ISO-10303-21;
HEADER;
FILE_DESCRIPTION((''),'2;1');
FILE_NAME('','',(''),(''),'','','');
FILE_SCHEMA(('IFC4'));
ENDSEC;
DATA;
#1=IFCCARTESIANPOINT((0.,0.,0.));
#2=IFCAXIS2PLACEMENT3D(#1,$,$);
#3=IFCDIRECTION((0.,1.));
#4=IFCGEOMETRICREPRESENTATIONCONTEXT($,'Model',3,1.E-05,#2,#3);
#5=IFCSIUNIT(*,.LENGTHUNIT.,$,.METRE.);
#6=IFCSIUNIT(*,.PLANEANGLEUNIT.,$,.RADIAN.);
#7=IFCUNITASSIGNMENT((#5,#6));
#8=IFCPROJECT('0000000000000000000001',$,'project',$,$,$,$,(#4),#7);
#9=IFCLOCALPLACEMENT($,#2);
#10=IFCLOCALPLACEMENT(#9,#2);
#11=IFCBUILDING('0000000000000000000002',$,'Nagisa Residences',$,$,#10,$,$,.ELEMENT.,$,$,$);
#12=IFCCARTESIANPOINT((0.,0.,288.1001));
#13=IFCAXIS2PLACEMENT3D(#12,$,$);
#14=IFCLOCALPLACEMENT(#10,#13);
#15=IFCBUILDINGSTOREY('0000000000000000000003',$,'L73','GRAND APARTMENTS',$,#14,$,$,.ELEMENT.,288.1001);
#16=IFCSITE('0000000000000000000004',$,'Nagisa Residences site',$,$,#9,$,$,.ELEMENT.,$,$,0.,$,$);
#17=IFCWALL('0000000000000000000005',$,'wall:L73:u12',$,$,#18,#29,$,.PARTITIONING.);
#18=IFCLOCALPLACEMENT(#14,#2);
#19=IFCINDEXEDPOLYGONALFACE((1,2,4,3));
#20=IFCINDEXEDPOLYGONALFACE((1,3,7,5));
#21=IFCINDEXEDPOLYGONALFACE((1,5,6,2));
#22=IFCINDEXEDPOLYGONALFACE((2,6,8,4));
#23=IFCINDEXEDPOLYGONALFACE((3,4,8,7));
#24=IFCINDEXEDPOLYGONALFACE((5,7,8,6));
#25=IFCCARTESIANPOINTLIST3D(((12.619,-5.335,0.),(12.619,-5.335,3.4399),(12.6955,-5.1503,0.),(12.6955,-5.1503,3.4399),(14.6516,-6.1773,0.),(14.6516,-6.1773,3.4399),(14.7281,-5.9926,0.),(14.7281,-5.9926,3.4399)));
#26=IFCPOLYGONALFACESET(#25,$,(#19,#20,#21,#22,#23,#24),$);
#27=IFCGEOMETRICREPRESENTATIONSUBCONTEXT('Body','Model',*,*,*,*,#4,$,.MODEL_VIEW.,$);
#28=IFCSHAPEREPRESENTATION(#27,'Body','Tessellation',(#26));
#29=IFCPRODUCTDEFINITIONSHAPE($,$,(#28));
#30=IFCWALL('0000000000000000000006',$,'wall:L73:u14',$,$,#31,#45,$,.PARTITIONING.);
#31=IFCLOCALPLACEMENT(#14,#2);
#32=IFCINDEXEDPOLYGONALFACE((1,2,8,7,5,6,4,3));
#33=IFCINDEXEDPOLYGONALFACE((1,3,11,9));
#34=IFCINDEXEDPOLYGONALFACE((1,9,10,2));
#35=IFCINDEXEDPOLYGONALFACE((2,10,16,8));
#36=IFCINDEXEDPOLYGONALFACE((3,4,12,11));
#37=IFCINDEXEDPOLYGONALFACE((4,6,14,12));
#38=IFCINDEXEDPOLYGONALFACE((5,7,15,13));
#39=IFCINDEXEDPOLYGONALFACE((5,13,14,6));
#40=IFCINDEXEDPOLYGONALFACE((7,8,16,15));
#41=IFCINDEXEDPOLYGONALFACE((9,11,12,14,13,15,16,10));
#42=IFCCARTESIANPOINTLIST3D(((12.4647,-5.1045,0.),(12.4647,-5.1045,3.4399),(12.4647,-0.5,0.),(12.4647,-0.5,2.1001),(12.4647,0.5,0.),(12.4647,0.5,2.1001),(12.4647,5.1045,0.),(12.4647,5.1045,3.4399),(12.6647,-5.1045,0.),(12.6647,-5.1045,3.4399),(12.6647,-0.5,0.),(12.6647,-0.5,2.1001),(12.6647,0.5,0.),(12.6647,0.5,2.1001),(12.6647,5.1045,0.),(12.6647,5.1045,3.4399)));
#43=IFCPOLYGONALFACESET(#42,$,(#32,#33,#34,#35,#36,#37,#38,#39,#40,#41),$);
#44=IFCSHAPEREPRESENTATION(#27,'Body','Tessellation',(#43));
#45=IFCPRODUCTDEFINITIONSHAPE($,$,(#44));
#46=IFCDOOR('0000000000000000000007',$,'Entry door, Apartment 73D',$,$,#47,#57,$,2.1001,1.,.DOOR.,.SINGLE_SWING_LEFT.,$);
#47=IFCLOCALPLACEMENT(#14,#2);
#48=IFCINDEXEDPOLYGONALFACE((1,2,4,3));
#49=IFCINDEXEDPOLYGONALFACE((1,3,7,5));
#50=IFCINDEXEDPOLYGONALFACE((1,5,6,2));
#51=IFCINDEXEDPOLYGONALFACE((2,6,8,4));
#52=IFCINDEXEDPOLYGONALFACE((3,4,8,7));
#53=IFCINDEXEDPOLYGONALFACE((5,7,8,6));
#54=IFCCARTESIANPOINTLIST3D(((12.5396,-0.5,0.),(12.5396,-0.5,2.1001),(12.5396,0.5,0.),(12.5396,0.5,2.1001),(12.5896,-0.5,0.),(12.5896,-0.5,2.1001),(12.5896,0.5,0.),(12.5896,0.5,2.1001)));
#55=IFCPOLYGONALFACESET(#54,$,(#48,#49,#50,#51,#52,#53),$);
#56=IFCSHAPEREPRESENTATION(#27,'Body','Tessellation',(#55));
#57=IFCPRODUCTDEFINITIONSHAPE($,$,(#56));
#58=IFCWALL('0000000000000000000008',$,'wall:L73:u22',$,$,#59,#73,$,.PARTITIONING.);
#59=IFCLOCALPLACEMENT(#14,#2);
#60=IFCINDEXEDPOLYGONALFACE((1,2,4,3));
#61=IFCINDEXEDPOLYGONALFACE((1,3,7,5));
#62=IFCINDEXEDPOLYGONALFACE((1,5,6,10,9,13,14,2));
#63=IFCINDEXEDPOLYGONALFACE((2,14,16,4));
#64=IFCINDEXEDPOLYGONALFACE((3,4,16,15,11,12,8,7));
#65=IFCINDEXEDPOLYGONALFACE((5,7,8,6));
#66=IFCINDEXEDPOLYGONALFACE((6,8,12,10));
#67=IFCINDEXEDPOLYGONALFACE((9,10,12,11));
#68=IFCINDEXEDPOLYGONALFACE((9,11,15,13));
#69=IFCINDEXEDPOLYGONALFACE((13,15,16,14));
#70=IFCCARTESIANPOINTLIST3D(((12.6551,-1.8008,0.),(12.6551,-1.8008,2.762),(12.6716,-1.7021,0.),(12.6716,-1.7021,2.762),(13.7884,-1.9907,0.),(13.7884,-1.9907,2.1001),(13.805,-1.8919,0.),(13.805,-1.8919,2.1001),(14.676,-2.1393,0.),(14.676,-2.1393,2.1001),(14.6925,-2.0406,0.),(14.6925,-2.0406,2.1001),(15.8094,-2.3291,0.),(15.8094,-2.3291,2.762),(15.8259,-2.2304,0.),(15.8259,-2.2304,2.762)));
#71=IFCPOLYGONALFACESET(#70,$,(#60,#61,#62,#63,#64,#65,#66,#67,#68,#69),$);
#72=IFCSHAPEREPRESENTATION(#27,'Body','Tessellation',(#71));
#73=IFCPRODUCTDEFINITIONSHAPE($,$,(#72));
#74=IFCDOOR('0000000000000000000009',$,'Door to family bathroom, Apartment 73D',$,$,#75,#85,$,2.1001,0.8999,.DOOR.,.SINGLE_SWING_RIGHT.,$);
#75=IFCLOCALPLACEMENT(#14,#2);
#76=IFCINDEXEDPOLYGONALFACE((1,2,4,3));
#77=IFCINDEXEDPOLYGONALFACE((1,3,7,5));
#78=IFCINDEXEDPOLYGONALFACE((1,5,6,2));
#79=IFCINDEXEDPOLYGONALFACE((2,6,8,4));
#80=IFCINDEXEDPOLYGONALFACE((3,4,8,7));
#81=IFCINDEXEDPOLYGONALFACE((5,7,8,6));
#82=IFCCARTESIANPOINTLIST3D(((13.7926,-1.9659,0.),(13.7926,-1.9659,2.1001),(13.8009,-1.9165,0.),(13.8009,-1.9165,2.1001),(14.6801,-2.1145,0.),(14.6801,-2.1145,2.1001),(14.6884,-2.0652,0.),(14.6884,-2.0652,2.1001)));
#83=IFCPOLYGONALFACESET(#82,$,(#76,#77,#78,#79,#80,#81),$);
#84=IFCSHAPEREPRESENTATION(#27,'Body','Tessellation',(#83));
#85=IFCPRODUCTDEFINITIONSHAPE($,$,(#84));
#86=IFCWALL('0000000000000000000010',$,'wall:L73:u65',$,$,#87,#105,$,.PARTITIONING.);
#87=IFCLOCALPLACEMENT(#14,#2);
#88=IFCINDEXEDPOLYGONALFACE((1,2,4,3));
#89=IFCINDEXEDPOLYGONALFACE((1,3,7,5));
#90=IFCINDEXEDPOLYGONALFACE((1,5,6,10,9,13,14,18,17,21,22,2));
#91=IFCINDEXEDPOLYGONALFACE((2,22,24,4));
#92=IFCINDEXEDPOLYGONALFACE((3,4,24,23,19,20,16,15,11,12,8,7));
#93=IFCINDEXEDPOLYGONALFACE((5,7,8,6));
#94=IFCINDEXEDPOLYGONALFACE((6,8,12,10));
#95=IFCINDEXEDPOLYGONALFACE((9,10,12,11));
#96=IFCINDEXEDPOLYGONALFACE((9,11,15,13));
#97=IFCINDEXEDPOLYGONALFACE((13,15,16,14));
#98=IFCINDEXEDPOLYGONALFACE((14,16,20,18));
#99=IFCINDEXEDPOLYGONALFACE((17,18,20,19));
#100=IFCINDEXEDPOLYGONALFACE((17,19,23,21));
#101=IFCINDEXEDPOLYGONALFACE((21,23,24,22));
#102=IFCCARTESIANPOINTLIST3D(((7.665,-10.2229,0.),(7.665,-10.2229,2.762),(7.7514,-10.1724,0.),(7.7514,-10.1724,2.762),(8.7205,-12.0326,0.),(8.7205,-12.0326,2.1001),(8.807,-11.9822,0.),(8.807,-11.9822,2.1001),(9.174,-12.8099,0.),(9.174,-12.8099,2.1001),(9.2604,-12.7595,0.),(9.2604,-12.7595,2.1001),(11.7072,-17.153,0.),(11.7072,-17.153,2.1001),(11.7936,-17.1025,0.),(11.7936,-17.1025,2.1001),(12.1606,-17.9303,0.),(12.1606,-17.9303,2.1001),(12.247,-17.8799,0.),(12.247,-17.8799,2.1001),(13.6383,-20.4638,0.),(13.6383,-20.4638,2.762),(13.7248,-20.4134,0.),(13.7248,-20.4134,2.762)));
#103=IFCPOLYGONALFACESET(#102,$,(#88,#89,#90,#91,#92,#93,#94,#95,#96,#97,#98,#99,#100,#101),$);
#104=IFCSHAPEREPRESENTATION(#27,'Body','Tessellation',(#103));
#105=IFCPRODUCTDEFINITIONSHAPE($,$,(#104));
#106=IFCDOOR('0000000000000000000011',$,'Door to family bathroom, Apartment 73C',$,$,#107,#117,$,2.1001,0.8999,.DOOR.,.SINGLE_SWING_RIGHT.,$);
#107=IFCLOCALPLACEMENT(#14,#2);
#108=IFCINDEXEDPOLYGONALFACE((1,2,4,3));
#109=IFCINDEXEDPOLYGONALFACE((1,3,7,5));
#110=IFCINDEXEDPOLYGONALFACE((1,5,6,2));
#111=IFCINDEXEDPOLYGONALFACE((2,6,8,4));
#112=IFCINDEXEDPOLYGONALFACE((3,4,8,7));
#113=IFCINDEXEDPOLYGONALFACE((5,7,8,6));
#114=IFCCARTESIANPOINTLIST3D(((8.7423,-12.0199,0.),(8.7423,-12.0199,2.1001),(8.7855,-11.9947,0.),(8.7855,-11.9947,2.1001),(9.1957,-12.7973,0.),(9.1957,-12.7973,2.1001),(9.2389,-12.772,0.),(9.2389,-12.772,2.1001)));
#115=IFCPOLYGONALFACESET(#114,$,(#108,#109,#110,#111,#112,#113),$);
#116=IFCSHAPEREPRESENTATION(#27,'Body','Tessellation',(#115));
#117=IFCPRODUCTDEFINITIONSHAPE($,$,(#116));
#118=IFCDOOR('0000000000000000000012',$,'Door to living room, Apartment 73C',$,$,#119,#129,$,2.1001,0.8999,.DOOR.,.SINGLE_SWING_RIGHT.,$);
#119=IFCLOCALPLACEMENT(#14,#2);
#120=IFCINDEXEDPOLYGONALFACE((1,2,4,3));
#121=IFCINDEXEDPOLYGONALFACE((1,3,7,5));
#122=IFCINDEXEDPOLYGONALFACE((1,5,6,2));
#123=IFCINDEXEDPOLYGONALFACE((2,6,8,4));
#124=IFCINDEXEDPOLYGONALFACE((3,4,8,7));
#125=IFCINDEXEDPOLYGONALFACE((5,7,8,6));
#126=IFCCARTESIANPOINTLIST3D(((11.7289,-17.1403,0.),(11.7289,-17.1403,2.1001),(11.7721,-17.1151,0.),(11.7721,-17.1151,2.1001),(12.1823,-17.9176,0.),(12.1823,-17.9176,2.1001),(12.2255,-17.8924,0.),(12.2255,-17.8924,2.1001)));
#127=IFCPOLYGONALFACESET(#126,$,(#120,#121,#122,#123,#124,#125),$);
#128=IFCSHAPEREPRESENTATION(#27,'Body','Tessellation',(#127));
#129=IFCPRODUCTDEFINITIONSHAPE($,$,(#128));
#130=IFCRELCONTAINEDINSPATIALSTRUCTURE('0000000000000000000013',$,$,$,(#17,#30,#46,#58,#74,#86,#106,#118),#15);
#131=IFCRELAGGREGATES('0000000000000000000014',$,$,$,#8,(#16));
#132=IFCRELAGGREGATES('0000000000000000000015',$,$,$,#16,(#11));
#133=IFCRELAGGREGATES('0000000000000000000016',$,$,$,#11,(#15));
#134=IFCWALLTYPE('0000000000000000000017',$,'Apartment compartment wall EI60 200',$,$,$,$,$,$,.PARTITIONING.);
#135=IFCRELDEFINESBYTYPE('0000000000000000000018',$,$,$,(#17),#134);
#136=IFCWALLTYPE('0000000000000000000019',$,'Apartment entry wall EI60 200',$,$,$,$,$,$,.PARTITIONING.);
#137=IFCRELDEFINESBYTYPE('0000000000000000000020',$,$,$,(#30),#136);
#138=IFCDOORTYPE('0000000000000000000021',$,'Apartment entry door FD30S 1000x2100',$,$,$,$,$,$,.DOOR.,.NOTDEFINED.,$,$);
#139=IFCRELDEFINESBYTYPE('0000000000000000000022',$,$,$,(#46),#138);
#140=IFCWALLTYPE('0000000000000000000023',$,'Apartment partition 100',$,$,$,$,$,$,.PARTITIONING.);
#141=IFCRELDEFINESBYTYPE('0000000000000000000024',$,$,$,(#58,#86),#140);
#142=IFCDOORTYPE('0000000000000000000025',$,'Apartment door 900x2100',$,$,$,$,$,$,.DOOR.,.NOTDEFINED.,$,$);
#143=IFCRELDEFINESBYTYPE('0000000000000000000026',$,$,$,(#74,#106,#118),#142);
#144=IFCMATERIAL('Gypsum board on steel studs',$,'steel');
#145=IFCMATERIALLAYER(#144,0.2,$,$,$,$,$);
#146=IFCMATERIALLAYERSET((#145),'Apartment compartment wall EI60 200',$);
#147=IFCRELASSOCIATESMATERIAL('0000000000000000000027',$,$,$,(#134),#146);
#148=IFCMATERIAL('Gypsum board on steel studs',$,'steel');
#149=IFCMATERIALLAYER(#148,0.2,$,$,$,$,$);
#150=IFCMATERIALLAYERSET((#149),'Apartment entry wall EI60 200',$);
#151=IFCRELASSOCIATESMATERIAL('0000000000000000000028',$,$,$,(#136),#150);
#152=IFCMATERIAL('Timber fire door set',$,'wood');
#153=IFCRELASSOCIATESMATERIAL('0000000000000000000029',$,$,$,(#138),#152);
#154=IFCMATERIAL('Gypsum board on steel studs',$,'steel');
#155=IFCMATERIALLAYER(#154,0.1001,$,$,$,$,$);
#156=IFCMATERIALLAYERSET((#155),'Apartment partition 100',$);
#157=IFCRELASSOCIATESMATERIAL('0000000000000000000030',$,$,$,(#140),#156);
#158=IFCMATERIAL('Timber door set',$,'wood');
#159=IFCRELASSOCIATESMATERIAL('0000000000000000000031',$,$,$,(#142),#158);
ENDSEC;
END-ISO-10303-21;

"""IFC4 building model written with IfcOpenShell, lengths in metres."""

from ifc_helpers import new_model, si_unit, direction, frame, frame_2d, origin, place, context, subcontext, project, spatial, rectangle, extrude, material, layer, layer_set, type_object, element, fill, save


model = new_model("IFC4")

# Units and contexts
model_context = context("Model", 3, precision=1e-05, world=origin(), true_north=direction((0.0, 1.0)))
body_context = subcontext(model_context, "Body", "Model", "MODEL_VIEW")
ifc_project = project(units=[si_unit("LENGTHUNIT", "METRE"), si_unit("PLANEANGLEUNIT", "RADIAN")], contexts=[model_context])

# Site, building, storey
site_placement = place(None, origin())
site = spatial("IfcSite", under=ifc_project, at=site_placement, Name="Nagisa Residences site", CompositionType="ELEMENT", RefElevation=0.0)
building_placement = place(site_placement, origin())
building = spatial("IfcBuilding", under=site, at=building_placement, Name="Nagisa Residences", CompositionType="ELEMENT")
storey_placement = place(building_placement, frame((0.0, 0.0, 288.1001)))
storey = spatial("IfcBuildingStorey", under=building, at=storey_placement, Name="L73", Description="GRAND APARTMENTS", CompositionType="ELEMENT", Elevation=288.1001)

# Wall
ifc_material_1 = material(Name="Gypsum board on steel studs", Category="steel")
ifc_layer_1 = layer(ifc_material_1, 0.2)
ifc_layer_set_1 = layer_set([ifc_layer_1], Name="Apartment compartment wall EI60 200")
wall_type_1 = type_object("IfcWallType", Name="Apartment compartment wall EI60 200", PredefinedType="PARTITIONING", material=ifc_layer_set_1)
wall_1_placement = place(storey_placement, frame((12.6572, -5.2427, 0.0), z_axis=(0.0, 0.0, 1.0), x_axis=(0.92383, -0.382803, 0.0)))
element("IfcWall", 1, at=wall_1_placement, inside=storey, type_object=wall_type_1, Name="wall:L73:u12", PredefinedType="PARTITIONING", context=body_context, shape_type="SweptSolid", body=[
    extrude(rectangle(XDim=2.2002, YDim=0.2, at=frame_2d((1.1001, 0.0))), origin(), (0.0, 0.0, 1.0), 3.4399),
])

# Walls, openings, doors
ifc_material_2 = material(Name="Gypsum board on steel studs", Category="steel")
ifc_layer_2 = layer(ifc_material_2, 0.2)
ifc_layer_set_2 = layer_set([ifc_layer_2], Name="Apartment entry wall EI60 200")
wall_type_2 = type_object("IfcWallType", Name="Apartment entry wall EI60 200", PredefinedType="PARTITIONING", material=ifc_layer_set_2)
wall_2_placement = place(storey_placement, frame((12.5647, -5.1045, 0.0), z_axis=(0.0, 0.0, 1.0), x_axis=(0.0, 1.0, 0.0)))
wall_2 = element("IfcWall", 2, at=wall_2_placement, inside=storey, type_object=wall_type_2, Name="wall:L73:u14", PredefinedType="PARTITIONING", context=body_context, shape_type="SweptSolid", body=[
    extrude(rectangle(XDim=10.209, YDim=0.2, at=frame_2d((5.1045, 0.0))), origin(), (0.0, 0.0, 1.0), 3.4399),
])
opening_1_placement = place(wall_2_placement, frame((4.6045, 0.0, 0.0)))
opening_1 = element("IfcOpeningElement", 3, at=opening_1_placement, cuts=wall_2, PredefinedType="OPENING", context=body_context, shape_type="SweptSolid", body=[
    extrude(rectangle(XDim=1.0, YDim=2.1001, at=frame_2d((0.5, 1.05))), frame((0.0, 0.1099, 0.0), z_axis=(0.0, -1.0, 0.0), x_axis=(1.0, 0.0, 0.0)), (0.0, 0.0, 1.0), 0.22),
])
ifc_material_3 = material(Name="Timber fire door set", Category="wood")
door_type_1 = type_object("IfcDoorType", Name="Apartment entry door FD30S 1000x2100", OperationType="NOTDEFINED", PredefinedType="DOOR", material=ifc_material_3)
door_1_placement = place(opening_1_placement, frame((1.0, 0.0, 0.0), x_axis=(-1.0, 0.0, 0.0)))
door_1 = element("IfcDoor", 4, at=door_1_placement, inside=storey, type_object=door_type_1, Name="Entry door, Apartment 73D", OperationType="SINGLE_SWING_LEFT", OverallHeight=2.1001, OverallWidth=1.0, PredefinedType="DOOR", context=body_context, shape_type="SweptSolid", body=[
    extrude(rectangle(XDim=1.0, YDim=2.1001, at=frame_2d((0.5, 1.05))), frame((0.0, 0.0249, 0.0), z_axis=(0.0, -1.0, 0.0), x_axis=(1.0, 0.0, 0.0)), (0.0, 0.0, 1.0), 0.05),
])
fill(opening_1, door_1)
ifc_material_4 = material(Name="Gypsum board on steel studs", Category="steel")
ifc_layer_3 = layer(ifc_material_4, 0.1001)
ifc_layer_set_3 = layer_set([ifc_layer_3], Name="Apartment partition 100")
wall_type_3 = type_object("IfcWallType", Name="Apartment partition 100", PredefinedType="PARTITIONING", material=ifc_layer_set_3)
wall_3_placement = place(storey_placement, frame((12.6633, -1.7515, 0.0), z_axis=(0.0, 0.0, 1.0), x_axis=(0.986262, -0.165191, 0.0)))
wall_3 = element("IfcWall", 5, at=wall_3_placement, inside=storey, type_object=wall_type_3, Name="wall:L73:u22", PredefinedType="PARTITIONING", context=body_context, shape_type="SweptSolid", body=[
    extrude(rectangle(XDim=3.1982, YDim=0.1001, at=frame_2d((1.5991, 0.0))), origin(), (0.0, 0.0, 1.0), 2.762),
])
opening_2_placement = place(wall_3_placement, frame((1.1492, 0.0, 0.0)))
opening_2 = element("IfcOpeningElement", 6, at=opening_2_placement, cuts=wall_3, PredefinedType="OPENING", context=body_context, shape_type="SweptSolid", body=[
    extrude(rectangle(XDim=0.8999, YDim=2.1001, at=frame_2d((0.45, 1.05))), frame((0.0, 0.0601, 0.0), z_axis=(0.0, -1.0, 0.0), x_axis=(1.0, 0.0, 0.0)), (0.0, 0.0, 1.0), 0.1201),
])
ifc_material_5 = material(Name="Timber door set", Category="wood")
door_type_2 = type_object("IfcDoorType", Name="Apartment door 900x2100", OperationType="NOTDEFINED", PredefinedType="DOOR", material=ifc_material_5)
door_2_placement = place(opening_2_placement, frame((0.8999, 0.0, 0.0), x_axis=(-1.0, 0.0, 0.0)))
door_2 = element("IfcDoor", 7, at=door_2_placement, inside=storey, type_object=door_type_2, Name="Door to family bathroom, Apartment 73D", OperationType="SINGLE_SWING_RIGHT", OverallHeight=2.1001, OverallWidth=0.8999, PredefinedType="DOOR", context=body_context, shape_type="SweptSolid", body=[
    extrude(rectangle(XDim=0.8999, YDim=2.1001, at=frame_2d((0.45, 1.05))), frame((0.0, 0.0249, 0.0), z_axis=(0.0, -1.0, 0.0), x_axis=(1.0, 0.0, 0.0)), (0.0, 0.0, 1.0), 0.05),
])
fill(opening_2, door_2)

# Wall, openings, doors
wall_4_placement = place(storey_placement, frame((7.7083, -10.1978, 0.0), z_axis=(0.0, 0.0, 1.0), x_axis=(0.503839, -0.863798, 0.0)))
wall_4 = element("IfcWall", 8, at=wall_4_placement, inside=storey, type_object=wall_type_3, Name="wall:L73:u65", PredefinedType="PARTITIONING", context=body_context, shape_type="SweptSolid", body=[
    extrude(rectangle(XDim=11.8557, YDim=0.1001, at=frame_2d((5.9277, 0.0))), origin(), (0.0, 0.0, 1.0), 2.762),
])
opening_3_placement = place(wall_4_placement, frame((2.095, 0.0, 0.0)))
opening_3 = element("IfcOpeningElement", 9, at=opening_3_placement, cuts=wall_4, PredefinedType="OPENING", context=body_context, shape_type="SweptSolid", body=[
    extrude(rectangle(XDim=0.8999, YDim=2.1001, at=frame_2d((0.45, 1.05))), frame((0.0, 0.0601, 0.0), z_axis=(0.0, -1.0, 0.0), x_axis=(1.0, 0.0, 0.0)), (0.0, 0.0, 1.0), 0.1201),
])
opening_4_placement = place(wall_4_placement, frame((8.0227, 0.0, 0.0)))
opening_4 = element("IfcOpeningElement", 10, at=opening_4_placement, cuts=wall_4, PredefinedType="OPENING", context=body_context, shape_type="SweptSolid", body=[
    extrude(rectangle(XDim=0.8999, YDim=2.1001, at=frame_2d((0.45, 1.05))), frame((0.0, 0.0601, 0.0), z_axis=(0.0, -1.0, 0.0), x_axis=(1.0, 0.0, 0.0)), (0.0, 0.0, 1.0), 0.1201),
])
door_3_placement = place(opening_3_placement, frame((0.8999, 0.0, 0.0), x_axis=(-1.0, 0.0, 0.0)))
door_3 = element("IfcDoor", 11, at=door_3_placement, inside=storey, type_object=door_type_2, Name="Door to family bathroom, Apartment 73C", OperationType="SINGLE_SWING_RIGHT", OverallHeight=2.1001, OverallWidth=0.8999, PredefinedType="DOOR", context=body_context, shape_type="SweptSolid", body=[
    extrude(rectangle(XDim=0.8999, YDim=2.1001, at=frame_2d((0.45, 1.05))), frame((0.0, 0.0249, 0.0), z_axis=(0.0, -1.0, 0.0), x_axis=(1.0, 0.0, 0.0)), (0.0, 0.0, 1.0), 0.05),
])
fill(opening_3, door_3)
door_4_placement = place(opening_4_placement, frame((0.8999, 0.0, 0.0), x_axis=(-1.0, 0.0, 0.0)))
door_4 = element("IfcDoor", 12, at=door_4_placement, inside=storey, type_object=door_type_2, Name="Door to living room, Apartment 73C", OperationType="SINGLE_SWING_RIGHT", OverallHeight=2.1001, OverallWidth=0.8999, PredefinedType="DOOR", context=body_context, shape_type="SweptSolid", body=[
    extrude(rectangle(XDim=0.8999, YDim=2.1001, at=frame_2d((0.45, 1.05))), frame((0.0, 0.0249, 0.0), z_axis=(0.0, -1.0, 0.0), x_axis=(1.0, 0.0, 0.0)), (0.0, 0.0, 1.0), 0.05),
])
fill(opening_4, door_4)

save(model, "model.ifc")
